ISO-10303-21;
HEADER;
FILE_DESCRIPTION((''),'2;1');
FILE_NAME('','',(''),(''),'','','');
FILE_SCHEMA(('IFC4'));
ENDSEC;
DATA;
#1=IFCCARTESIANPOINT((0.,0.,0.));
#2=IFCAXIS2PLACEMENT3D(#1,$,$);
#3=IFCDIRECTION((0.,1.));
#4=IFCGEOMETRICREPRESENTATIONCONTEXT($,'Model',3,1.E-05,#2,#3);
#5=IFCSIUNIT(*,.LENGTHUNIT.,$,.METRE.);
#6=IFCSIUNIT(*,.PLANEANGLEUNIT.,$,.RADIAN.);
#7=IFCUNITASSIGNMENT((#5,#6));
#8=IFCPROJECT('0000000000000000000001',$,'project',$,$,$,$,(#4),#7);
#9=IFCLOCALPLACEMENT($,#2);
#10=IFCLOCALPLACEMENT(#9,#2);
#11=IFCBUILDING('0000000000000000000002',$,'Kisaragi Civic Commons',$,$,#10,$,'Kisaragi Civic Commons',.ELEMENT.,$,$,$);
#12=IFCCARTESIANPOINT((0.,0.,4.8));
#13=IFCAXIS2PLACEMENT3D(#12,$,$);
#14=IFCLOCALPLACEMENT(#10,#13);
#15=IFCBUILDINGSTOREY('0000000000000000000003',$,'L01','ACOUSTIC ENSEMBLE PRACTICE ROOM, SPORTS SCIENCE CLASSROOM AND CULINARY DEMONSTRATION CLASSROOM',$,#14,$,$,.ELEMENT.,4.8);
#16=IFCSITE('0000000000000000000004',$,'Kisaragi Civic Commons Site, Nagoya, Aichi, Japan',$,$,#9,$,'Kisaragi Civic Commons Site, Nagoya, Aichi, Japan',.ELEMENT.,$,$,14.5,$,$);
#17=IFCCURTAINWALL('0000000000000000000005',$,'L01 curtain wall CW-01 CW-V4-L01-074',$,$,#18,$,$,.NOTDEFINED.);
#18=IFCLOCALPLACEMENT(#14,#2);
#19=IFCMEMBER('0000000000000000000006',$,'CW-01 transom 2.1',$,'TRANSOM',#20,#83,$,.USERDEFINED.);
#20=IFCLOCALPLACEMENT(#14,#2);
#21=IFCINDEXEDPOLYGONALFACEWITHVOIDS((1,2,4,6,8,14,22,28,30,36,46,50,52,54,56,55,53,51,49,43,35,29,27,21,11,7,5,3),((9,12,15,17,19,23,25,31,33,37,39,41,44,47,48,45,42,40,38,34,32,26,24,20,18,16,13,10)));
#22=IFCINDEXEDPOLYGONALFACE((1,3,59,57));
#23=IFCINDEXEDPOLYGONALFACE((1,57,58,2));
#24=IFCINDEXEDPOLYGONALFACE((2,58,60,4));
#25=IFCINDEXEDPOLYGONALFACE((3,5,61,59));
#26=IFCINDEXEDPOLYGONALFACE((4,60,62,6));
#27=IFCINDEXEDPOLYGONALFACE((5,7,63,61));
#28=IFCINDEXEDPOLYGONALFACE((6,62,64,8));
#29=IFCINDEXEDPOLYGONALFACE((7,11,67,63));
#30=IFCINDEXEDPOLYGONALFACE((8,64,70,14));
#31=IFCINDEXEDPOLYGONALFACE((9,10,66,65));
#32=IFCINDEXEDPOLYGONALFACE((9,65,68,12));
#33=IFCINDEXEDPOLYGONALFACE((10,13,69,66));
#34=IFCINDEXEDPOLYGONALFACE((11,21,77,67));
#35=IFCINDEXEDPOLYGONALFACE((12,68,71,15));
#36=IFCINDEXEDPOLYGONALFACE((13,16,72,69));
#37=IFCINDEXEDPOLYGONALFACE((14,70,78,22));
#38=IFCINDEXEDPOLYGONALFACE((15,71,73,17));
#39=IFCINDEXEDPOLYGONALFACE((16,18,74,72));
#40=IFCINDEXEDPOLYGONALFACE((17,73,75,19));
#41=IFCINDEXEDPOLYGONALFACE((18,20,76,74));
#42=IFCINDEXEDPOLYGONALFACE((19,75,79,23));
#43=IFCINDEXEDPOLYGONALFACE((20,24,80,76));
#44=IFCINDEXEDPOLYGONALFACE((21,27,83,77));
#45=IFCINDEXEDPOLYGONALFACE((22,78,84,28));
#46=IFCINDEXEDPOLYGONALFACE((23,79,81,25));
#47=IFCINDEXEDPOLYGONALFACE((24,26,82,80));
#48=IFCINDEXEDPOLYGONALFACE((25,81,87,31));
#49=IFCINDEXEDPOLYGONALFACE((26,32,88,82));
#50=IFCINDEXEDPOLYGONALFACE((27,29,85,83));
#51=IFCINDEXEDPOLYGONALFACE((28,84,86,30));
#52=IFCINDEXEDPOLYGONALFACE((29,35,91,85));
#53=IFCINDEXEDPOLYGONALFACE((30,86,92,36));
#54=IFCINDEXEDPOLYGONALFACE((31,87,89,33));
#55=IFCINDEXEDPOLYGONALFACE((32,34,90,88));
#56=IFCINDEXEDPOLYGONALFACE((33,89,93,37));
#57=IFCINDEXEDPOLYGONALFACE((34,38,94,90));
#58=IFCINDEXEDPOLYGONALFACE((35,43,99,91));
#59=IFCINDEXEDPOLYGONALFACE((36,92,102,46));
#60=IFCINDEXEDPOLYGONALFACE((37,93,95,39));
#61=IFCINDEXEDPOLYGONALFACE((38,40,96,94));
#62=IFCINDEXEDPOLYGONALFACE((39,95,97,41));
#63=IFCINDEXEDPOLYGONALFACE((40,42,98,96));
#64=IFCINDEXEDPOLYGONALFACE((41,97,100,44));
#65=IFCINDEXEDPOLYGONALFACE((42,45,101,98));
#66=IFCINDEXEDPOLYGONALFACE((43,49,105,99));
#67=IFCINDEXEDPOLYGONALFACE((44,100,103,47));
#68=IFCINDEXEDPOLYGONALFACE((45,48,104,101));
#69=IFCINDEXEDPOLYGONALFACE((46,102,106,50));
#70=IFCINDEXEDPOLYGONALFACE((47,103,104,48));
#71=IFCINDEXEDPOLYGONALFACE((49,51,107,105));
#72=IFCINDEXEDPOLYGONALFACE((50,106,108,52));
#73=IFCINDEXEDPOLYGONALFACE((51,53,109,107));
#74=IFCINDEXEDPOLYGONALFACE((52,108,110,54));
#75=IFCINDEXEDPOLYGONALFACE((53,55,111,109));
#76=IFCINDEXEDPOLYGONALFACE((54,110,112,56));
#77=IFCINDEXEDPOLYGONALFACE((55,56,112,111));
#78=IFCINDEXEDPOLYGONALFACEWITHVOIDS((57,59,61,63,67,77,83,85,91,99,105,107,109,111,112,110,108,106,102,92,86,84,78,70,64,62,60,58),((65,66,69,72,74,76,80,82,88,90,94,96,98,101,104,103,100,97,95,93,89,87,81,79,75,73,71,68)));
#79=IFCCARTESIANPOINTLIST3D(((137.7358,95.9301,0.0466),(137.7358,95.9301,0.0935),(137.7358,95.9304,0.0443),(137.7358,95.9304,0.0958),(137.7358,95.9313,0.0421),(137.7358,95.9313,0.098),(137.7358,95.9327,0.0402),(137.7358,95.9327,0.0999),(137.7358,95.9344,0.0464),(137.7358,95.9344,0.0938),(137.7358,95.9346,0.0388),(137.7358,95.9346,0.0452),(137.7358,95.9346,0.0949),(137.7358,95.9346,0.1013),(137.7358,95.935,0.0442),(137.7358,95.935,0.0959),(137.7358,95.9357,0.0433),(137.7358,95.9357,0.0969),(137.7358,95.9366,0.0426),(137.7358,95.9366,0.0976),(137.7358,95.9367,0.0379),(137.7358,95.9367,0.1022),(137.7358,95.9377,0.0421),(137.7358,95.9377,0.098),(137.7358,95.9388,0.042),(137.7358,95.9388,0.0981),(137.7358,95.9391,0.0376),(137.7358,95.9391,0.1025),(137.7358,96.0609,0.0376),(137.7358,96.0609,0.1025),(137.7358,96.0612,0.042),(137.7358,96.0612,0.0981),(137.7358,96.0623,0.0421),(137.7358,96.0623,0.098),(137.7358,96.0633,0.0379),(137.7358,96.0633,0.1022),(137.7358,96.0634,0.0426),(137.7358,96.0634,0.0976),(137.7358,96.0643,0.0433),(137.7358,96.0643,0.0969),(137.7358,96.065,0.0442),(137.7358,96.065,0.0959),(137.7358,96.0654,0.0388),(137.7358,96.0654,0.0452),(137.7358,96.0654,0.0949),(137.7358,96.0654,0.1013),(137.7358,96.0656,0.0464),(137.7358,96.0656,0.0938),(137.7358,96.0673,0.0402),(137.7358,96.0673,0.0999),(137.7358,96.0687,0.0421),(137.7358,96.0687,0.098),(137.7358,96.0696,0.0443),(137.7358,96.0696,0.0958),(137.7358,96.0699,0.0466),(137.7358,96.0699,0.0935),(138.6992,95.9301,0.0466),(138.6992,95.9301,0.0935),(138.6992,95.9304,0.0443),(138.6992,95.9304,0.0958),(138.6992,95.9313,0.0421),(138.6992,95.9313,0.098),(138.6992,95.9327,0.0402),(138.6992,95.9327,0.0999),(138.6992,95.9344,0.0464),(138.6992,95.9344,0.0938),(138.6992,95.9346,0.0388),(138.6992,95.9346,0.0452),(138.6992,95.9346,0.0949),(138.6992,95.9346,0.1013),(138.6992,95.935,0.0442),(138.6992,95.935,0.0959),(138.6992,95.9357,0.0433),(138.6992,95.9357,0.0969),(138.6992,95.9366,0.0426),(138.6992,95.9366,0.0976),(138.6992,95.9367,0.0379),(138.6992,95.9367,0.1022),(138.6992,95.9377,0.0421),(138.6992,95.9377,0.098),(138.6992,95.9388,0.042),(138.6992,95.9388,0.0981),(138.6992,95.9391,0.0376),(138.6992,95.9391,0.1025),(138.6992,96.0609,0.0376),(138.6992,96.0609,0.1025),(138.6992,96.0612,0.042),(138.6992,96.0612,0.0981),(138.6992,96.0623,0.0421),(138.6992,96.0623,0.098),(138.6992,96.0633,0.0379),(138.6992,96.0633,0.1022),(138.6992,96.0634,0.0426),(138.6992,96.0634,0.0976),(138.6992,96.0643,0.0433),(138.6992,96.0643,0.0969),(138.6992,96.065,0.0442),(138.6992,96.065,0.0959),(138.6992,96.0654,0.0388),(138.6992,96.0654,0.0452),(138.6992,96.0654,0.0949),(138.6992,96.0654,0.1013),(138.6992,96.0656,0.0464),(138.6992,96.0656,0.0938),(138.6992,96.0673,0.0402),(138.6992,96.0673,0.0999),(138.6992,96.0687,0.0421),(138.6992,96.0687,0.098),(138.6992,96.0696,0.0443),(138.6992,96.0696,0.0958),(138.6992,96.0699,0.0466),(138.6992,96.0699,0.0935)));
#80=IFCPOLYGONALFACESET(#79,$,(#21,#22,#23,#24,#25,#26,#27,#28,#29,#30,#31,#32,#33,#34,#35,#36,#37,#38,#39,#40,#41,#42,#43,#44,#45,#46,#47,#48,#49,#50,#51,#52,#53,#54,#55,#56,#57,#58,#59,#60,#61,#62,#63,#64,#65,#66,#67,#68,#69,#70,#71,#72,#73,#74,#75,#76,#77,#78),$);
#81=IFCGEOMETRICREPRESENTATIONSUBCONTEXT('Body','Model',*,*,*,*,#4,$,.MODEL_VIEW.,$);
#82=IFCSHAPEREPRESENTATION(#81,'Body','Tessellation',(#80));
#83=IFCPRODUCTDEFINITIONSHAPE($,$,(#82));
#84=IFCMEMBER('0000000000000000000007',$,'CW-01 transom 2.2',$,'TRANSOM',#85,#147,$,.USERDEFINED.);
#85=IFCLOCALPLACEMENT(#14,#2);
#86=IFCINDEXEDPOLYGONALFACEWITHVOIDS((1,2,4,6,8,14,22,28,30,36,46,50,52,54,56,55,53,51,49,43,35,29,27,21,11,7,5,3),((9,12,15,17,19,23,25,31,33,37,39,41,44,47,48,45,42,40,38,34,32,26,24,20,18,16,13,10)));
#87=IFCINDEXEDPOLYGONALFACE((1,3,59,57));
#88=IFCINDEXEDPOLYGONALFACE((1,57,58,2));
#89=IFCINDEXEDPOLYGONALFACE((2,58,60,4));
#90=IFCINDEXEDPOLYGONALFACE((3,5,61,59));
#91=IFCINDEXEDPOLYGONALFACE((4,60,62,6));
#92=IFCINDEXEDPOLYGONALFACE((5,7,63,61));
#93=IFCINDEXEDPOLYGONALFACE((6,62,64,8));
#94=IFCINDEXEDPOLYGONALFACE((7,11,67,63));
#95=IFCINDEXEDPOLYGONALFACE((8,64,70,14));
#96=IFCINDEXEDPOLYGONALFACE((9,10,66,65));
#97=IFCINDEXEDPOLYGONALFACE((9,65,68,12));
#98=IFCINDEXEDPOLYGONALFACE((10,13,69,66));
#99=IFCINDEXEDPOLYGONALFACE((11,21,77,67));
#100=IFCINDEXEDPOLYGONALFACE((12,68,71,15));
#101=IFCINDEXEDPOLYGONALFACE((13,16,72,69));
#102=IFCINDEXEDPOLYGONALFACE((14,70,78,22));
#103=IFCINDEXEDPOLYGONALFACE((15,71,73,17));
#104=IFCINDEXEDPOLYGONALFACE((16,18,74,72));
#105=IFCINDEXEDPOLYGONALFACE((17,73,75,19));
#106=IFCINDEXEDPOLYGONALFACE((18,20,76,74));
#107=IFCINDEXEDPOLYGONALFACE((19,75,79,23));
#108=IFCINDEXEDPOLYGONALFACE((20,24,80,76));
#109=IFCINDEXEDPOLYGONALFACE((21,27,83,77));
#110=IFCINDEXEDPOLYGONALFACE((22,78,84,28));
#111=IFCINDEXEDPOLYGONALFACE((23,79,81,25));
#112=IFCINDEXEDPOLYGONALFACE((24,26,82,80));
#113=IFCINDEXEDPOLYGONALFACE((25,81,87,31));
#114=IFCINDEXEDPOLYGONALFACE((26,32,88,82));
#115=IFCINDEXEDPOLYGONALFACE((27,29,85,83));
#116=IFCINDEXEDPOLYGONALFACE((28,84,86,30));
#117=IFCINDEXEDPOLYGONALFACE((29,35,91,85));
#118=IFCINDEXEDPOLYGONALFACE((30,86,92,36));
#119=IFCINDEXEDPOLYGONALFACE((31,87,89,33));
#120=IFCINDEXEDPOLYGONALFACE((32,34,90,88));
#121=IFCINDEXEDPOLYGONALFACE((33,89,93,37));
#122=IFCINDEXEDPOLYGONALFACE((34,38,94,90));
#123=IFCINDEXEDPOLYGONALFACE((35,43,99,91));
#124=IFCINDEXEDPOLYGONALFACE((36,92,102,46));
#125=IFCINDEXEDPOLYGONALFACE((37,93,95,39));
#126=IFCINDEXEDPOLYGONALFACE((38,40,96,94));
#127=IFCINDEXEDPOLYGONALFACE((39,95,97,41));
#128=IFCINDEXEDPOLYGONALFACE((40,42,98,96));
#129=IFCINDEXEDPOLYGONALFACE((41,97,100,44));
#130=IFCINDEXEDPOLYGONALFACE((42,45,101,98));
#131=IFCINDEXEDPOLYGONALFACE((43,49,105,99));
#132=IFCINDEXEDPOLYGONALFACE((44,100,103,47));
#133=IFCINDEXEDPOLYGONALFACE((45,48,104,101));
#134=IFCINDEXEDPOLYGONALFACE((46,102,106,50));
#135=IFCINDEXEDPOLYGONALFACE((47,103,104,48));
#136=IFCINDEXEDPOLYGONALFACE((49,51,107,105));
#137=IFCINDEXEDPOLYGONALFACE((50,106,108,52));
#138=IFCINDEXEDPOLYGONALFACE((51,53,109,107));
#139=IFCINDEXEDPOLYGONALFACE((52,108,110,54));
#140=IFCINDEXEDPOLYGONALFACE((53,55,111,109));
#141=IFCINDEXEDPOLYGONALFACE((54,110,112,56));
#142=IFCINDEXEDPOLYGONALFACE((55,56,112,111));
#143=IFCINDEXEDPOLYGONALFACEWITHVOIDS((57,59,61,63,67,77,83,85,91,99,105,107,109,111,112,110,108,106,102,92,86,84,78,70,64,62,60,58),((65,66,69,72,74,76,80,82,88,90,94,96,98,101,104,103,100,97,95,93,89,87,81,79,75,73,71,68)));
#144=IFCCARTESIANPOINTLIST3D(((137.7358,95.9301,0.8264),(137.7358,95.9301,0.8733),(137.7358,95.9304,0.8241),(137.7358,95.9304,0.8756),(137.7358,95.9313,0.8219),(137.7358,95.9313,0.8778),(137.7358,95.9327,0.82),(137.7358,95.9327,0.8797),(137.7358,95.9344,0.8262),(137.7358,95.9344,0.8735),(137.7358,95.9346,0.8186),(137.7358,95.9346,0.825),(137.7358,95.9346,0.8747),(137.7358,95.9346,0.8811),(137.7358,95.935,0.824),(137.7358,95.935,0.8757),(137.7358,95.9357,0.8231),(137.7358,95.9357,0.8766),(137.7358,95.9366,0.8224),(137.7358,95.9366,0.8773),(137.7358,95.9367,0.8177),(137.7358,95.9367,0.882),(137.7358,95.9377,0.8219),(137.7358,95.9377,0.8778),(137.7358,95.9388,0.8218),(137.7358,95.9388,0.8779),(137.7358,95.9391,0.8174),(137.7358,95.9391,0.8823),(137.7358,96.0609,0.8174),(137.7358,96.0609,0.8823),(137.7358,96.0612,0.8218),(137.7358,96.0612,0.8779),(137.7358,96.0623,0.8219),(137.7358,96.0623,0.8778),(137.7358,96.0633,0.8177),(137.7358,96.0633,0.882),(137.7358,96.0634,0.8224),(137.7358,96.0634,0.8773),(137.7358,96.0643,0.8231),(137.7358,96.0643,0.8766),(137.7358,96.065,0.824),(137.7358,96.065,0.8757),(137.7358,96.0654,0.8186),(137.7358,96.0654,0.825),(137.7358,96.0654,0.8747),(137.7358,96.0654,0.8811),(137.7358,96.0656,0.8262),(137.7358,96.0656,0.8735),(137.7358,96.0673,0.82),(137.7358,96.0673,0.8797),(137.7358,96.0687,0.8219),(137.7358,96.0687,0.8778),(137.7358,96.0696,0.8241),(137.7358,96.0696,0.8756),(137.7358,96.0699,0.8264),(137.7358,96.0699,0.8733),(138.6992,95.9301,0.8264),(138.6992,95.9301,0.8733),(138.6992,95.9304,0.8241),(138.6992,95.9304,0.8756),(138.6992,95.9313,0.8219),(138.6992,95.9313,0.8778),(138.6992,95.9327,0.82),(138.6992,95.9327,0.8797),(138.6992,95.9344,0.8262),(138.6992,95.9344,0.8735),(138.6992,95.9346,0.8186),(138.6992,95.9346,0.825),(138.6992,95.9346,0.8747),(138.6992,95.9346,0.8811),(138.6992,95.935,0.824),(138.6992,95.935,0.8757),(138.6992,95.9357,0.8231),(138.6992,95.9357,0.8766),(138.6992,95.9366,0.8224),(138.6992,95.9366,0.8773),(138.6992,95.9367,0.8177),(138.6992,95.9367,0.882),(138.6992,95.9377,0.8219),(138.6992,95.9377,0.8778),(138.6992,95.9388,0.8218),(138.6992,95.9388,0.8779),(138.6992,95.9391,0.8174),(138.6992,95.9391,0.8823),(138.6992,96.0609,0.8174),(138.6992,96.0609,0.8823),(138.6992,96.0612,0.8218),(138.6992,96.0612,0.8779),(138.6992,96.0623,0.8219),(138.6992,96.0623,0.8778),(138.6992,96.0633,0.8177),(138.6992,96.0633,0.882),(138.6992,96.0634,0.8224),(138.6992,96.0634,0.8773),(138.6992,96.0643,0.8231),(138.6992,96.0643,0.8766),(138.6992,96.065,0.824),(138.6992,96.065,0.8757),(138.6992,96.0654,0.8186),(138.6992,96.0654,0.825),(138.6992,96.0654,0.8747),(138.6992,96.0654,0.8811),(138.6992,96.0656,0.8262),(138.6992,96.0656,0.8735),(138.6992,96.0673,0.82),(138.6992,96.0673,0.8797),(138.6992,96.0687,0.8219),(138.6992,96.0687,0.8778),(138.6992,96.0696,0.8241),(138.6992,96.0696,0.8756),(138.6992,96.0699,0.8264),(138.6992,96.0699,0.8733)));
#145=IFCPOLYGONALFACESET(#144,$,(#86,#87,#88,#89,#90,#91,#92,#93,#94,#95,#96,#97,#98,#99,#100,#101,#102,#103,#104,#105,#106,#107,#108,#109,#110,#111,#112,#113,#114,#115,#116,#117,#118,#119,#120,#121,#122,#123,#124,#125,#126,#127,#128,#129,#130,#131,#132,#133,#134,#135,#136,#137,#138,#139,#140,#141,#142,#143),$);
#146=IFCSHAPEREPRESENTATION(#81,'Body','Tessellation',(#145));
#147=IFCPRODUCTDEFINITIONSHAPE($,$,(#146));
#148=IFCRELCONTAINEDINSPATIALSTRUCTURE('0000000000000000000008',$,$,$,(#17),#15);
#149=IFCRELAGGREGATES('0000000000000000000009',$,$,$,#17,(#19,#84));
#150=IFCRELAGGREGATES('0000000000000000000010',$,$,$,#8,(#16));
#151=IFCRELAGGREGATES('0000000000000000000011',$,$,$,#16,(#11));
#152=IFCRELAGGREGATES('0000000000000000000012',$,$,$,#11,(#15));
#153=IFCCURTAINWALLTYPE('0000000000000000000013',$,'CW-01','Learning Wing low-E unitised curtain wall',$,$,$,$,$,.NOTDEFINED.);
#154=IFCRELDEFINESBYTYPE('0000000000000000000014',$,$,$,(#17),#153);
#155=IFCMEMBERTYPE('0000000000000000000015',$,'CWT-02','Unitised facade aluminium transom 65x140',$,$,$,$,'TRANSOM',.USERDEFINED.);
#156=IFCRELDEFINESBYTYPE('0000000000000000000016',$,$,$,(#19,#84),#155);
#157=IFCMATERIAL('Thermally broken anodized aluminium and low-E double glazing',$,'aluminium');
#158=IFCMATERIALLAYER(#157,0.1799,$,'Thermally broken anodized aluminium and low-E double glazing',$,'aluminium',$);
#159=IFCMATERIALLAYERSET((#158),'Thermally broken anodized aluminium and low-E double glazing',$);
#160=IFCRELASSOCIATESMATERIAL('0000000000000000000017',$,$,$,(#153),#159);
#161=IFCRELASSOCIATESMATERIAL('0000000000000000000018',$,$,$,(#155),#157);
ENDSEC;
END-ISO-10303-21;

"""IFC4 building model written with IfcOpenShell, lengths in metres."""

from ifc_helpers import new_model, si_unit, direction, frame, origin, origin_2d, place, context, subcontext, project, spatial, hollow_rectangle, extrude, material, layer, layer_set, material_profile, profile_set, type_object, element, aggregate, save


model = new_model("IFC4")

# Units and contexts
model_context = context("Model", 3, precision=1e-05, world=origin(), true_north=direction((0.0, 1.0)))
body_context = subcontext(model_context, "Body", "Model", "MODEL_VIEW")
ifc_project = project(units=[si_unit("LENGTHUNIT", "METRE"), si_unit("PLANEANGLEUNIT", "RADIAN")], contexts=[model_context])

# Site, building, storey
site_placement = place(None, origin())
site = spatial("IfcSite", under=ifc_project, at=site_placement, Name="Kisaragi Civic Commons Site, Nagoya, Aichi, Japan", LongName="Kisaragi Civic Commons Site, Nagoya, Aichi, Japan", CompositionType="ELEMENT", RefElevation=14.5)
building_placement = place(site_placement, origin())
building = spatial("IfcBuilding", under=site, at=building_placement, Name="Kisaragi Civic Commons", LongName="Kisaragi Civic Commons", CompositionType="ELEMENT")
storey_placement = place(building_placement, frame((0.0, 0.0, 4.8)))
storey = spatial("IfcBuildingStorey", under=building, at=storey_placement, Name="L01", Description="ACOUSTIC ENSEMBLE PRACTICE ROOM, SPORTS SCIENCE CLASSROOM AND CULINARY DEMONSTRATION CLASSROOM", CompositionType="ELEMENT", Elevation=4.8)

# Curtain wall
ifc_material = material(Name="Thermally broken anodized aluminium and low-E double glazing", Category="aluminium")
ifc_layer_1 = layer(ifc_material, 0.1799, Name="Thermally broken anodized aluminium and low-E double glazing", Category="aluminium")
ifc_layer_set_1 = layer_set([ifc_layer_1], Name="Thermally broken anodized aluminium and low-E double glazing")
curtain_wall_type = type_object("IfcCurtainWallType", Name="CW-01", Description="Learning Wing low-E unitised curtain wall", PredefinedType="NOTDEFINED", material=ifc_layer_set_1)
curtain_wall_1_placement = place(storey_placement, origin())
curtain_wall_1 = element("IfcCurtainWall", 1, at=curtain_wall_1_placement, inside=storey, type_object=curtain_wall_type, Name="L01 curtain wall CW-01 CW-V4-L01-074", PredefinedType="NOTDEFINED")

# Members
ifc_material_profile_1 = material_profile(ifc_material, hollow_rectangle(XDim=0.1399, YDim=0.0649, WallThickness=0.0044, InnerFilletRadius=0.0044, OuterFilletRadius=0.009, at=origin_2d()), Name="CWT-65x140x4.5", Category="aluminium")
ifc_profile_set_1 = profile_set([ifc_material_profile_1], Name="Thermally broken anodized aluminium and low-E double glazing")
member_type_1 = type_object("IfcMemberType", Name="CWT-02", Description="Unitised facade aluminium transom 65x140", ElementType="TRANSOM", PredefinedType="USERDEFINED", material=ifc_profile_set_1)
member_1_placement = place(storey_placement, frame((138.6992, 96.0, 0.0701), z_axis=(-1.0, 0.0, 0.0), x_axis=(0.0, -1.0, 0.0)))
member_1 = element("IfcMember", 2, at=member_1_placement, type_object=member_type_1, Name="CW-01 transom 2.1", ObjectType="TRANSOM", PredefinedType="USERDEFINED", context=body_context, shape_type="SweptSolid", body=[
    extrude(hollow_rectangle(XDim=0.1399, YDim=0.0649, WallThickness=0.0044, InnerFilletRadius=0.0044, OuterFilletRadius=0.009, at=origin_2d()), origin(), (0.0, 0.0, 1.0), 0.9634),
])
member_2_placement = place(storey_placement, frame((138.6992, 96.0, 0.8499), z_axis=(-1.0, 0.0, 0.0), x_axis=(0.0, -1.0, 0.0)))
member_2 = element("IfcMember", 3, at=member_2_placement, type_object=member_type_1, Name="CW-01 transom 2.2", ObjectType="TRANSOM", PredefinedType="USERDEFINED", context=body_context, shape_type="SweptSolid", body=[
    extrude(hollow_rectangle(XDim=0.1399, YDim=0.0649, WallThickness=0.0044, InnerFilletRadius=0.0044, OuterFilletRadius=0.009, at=origin_2d()), origin(), (0.0, 0.0, 1.0), 0.9634),
])

aggregate(curtain_wall_1, [member_1, member_2])

save(model, "model.ifc")
